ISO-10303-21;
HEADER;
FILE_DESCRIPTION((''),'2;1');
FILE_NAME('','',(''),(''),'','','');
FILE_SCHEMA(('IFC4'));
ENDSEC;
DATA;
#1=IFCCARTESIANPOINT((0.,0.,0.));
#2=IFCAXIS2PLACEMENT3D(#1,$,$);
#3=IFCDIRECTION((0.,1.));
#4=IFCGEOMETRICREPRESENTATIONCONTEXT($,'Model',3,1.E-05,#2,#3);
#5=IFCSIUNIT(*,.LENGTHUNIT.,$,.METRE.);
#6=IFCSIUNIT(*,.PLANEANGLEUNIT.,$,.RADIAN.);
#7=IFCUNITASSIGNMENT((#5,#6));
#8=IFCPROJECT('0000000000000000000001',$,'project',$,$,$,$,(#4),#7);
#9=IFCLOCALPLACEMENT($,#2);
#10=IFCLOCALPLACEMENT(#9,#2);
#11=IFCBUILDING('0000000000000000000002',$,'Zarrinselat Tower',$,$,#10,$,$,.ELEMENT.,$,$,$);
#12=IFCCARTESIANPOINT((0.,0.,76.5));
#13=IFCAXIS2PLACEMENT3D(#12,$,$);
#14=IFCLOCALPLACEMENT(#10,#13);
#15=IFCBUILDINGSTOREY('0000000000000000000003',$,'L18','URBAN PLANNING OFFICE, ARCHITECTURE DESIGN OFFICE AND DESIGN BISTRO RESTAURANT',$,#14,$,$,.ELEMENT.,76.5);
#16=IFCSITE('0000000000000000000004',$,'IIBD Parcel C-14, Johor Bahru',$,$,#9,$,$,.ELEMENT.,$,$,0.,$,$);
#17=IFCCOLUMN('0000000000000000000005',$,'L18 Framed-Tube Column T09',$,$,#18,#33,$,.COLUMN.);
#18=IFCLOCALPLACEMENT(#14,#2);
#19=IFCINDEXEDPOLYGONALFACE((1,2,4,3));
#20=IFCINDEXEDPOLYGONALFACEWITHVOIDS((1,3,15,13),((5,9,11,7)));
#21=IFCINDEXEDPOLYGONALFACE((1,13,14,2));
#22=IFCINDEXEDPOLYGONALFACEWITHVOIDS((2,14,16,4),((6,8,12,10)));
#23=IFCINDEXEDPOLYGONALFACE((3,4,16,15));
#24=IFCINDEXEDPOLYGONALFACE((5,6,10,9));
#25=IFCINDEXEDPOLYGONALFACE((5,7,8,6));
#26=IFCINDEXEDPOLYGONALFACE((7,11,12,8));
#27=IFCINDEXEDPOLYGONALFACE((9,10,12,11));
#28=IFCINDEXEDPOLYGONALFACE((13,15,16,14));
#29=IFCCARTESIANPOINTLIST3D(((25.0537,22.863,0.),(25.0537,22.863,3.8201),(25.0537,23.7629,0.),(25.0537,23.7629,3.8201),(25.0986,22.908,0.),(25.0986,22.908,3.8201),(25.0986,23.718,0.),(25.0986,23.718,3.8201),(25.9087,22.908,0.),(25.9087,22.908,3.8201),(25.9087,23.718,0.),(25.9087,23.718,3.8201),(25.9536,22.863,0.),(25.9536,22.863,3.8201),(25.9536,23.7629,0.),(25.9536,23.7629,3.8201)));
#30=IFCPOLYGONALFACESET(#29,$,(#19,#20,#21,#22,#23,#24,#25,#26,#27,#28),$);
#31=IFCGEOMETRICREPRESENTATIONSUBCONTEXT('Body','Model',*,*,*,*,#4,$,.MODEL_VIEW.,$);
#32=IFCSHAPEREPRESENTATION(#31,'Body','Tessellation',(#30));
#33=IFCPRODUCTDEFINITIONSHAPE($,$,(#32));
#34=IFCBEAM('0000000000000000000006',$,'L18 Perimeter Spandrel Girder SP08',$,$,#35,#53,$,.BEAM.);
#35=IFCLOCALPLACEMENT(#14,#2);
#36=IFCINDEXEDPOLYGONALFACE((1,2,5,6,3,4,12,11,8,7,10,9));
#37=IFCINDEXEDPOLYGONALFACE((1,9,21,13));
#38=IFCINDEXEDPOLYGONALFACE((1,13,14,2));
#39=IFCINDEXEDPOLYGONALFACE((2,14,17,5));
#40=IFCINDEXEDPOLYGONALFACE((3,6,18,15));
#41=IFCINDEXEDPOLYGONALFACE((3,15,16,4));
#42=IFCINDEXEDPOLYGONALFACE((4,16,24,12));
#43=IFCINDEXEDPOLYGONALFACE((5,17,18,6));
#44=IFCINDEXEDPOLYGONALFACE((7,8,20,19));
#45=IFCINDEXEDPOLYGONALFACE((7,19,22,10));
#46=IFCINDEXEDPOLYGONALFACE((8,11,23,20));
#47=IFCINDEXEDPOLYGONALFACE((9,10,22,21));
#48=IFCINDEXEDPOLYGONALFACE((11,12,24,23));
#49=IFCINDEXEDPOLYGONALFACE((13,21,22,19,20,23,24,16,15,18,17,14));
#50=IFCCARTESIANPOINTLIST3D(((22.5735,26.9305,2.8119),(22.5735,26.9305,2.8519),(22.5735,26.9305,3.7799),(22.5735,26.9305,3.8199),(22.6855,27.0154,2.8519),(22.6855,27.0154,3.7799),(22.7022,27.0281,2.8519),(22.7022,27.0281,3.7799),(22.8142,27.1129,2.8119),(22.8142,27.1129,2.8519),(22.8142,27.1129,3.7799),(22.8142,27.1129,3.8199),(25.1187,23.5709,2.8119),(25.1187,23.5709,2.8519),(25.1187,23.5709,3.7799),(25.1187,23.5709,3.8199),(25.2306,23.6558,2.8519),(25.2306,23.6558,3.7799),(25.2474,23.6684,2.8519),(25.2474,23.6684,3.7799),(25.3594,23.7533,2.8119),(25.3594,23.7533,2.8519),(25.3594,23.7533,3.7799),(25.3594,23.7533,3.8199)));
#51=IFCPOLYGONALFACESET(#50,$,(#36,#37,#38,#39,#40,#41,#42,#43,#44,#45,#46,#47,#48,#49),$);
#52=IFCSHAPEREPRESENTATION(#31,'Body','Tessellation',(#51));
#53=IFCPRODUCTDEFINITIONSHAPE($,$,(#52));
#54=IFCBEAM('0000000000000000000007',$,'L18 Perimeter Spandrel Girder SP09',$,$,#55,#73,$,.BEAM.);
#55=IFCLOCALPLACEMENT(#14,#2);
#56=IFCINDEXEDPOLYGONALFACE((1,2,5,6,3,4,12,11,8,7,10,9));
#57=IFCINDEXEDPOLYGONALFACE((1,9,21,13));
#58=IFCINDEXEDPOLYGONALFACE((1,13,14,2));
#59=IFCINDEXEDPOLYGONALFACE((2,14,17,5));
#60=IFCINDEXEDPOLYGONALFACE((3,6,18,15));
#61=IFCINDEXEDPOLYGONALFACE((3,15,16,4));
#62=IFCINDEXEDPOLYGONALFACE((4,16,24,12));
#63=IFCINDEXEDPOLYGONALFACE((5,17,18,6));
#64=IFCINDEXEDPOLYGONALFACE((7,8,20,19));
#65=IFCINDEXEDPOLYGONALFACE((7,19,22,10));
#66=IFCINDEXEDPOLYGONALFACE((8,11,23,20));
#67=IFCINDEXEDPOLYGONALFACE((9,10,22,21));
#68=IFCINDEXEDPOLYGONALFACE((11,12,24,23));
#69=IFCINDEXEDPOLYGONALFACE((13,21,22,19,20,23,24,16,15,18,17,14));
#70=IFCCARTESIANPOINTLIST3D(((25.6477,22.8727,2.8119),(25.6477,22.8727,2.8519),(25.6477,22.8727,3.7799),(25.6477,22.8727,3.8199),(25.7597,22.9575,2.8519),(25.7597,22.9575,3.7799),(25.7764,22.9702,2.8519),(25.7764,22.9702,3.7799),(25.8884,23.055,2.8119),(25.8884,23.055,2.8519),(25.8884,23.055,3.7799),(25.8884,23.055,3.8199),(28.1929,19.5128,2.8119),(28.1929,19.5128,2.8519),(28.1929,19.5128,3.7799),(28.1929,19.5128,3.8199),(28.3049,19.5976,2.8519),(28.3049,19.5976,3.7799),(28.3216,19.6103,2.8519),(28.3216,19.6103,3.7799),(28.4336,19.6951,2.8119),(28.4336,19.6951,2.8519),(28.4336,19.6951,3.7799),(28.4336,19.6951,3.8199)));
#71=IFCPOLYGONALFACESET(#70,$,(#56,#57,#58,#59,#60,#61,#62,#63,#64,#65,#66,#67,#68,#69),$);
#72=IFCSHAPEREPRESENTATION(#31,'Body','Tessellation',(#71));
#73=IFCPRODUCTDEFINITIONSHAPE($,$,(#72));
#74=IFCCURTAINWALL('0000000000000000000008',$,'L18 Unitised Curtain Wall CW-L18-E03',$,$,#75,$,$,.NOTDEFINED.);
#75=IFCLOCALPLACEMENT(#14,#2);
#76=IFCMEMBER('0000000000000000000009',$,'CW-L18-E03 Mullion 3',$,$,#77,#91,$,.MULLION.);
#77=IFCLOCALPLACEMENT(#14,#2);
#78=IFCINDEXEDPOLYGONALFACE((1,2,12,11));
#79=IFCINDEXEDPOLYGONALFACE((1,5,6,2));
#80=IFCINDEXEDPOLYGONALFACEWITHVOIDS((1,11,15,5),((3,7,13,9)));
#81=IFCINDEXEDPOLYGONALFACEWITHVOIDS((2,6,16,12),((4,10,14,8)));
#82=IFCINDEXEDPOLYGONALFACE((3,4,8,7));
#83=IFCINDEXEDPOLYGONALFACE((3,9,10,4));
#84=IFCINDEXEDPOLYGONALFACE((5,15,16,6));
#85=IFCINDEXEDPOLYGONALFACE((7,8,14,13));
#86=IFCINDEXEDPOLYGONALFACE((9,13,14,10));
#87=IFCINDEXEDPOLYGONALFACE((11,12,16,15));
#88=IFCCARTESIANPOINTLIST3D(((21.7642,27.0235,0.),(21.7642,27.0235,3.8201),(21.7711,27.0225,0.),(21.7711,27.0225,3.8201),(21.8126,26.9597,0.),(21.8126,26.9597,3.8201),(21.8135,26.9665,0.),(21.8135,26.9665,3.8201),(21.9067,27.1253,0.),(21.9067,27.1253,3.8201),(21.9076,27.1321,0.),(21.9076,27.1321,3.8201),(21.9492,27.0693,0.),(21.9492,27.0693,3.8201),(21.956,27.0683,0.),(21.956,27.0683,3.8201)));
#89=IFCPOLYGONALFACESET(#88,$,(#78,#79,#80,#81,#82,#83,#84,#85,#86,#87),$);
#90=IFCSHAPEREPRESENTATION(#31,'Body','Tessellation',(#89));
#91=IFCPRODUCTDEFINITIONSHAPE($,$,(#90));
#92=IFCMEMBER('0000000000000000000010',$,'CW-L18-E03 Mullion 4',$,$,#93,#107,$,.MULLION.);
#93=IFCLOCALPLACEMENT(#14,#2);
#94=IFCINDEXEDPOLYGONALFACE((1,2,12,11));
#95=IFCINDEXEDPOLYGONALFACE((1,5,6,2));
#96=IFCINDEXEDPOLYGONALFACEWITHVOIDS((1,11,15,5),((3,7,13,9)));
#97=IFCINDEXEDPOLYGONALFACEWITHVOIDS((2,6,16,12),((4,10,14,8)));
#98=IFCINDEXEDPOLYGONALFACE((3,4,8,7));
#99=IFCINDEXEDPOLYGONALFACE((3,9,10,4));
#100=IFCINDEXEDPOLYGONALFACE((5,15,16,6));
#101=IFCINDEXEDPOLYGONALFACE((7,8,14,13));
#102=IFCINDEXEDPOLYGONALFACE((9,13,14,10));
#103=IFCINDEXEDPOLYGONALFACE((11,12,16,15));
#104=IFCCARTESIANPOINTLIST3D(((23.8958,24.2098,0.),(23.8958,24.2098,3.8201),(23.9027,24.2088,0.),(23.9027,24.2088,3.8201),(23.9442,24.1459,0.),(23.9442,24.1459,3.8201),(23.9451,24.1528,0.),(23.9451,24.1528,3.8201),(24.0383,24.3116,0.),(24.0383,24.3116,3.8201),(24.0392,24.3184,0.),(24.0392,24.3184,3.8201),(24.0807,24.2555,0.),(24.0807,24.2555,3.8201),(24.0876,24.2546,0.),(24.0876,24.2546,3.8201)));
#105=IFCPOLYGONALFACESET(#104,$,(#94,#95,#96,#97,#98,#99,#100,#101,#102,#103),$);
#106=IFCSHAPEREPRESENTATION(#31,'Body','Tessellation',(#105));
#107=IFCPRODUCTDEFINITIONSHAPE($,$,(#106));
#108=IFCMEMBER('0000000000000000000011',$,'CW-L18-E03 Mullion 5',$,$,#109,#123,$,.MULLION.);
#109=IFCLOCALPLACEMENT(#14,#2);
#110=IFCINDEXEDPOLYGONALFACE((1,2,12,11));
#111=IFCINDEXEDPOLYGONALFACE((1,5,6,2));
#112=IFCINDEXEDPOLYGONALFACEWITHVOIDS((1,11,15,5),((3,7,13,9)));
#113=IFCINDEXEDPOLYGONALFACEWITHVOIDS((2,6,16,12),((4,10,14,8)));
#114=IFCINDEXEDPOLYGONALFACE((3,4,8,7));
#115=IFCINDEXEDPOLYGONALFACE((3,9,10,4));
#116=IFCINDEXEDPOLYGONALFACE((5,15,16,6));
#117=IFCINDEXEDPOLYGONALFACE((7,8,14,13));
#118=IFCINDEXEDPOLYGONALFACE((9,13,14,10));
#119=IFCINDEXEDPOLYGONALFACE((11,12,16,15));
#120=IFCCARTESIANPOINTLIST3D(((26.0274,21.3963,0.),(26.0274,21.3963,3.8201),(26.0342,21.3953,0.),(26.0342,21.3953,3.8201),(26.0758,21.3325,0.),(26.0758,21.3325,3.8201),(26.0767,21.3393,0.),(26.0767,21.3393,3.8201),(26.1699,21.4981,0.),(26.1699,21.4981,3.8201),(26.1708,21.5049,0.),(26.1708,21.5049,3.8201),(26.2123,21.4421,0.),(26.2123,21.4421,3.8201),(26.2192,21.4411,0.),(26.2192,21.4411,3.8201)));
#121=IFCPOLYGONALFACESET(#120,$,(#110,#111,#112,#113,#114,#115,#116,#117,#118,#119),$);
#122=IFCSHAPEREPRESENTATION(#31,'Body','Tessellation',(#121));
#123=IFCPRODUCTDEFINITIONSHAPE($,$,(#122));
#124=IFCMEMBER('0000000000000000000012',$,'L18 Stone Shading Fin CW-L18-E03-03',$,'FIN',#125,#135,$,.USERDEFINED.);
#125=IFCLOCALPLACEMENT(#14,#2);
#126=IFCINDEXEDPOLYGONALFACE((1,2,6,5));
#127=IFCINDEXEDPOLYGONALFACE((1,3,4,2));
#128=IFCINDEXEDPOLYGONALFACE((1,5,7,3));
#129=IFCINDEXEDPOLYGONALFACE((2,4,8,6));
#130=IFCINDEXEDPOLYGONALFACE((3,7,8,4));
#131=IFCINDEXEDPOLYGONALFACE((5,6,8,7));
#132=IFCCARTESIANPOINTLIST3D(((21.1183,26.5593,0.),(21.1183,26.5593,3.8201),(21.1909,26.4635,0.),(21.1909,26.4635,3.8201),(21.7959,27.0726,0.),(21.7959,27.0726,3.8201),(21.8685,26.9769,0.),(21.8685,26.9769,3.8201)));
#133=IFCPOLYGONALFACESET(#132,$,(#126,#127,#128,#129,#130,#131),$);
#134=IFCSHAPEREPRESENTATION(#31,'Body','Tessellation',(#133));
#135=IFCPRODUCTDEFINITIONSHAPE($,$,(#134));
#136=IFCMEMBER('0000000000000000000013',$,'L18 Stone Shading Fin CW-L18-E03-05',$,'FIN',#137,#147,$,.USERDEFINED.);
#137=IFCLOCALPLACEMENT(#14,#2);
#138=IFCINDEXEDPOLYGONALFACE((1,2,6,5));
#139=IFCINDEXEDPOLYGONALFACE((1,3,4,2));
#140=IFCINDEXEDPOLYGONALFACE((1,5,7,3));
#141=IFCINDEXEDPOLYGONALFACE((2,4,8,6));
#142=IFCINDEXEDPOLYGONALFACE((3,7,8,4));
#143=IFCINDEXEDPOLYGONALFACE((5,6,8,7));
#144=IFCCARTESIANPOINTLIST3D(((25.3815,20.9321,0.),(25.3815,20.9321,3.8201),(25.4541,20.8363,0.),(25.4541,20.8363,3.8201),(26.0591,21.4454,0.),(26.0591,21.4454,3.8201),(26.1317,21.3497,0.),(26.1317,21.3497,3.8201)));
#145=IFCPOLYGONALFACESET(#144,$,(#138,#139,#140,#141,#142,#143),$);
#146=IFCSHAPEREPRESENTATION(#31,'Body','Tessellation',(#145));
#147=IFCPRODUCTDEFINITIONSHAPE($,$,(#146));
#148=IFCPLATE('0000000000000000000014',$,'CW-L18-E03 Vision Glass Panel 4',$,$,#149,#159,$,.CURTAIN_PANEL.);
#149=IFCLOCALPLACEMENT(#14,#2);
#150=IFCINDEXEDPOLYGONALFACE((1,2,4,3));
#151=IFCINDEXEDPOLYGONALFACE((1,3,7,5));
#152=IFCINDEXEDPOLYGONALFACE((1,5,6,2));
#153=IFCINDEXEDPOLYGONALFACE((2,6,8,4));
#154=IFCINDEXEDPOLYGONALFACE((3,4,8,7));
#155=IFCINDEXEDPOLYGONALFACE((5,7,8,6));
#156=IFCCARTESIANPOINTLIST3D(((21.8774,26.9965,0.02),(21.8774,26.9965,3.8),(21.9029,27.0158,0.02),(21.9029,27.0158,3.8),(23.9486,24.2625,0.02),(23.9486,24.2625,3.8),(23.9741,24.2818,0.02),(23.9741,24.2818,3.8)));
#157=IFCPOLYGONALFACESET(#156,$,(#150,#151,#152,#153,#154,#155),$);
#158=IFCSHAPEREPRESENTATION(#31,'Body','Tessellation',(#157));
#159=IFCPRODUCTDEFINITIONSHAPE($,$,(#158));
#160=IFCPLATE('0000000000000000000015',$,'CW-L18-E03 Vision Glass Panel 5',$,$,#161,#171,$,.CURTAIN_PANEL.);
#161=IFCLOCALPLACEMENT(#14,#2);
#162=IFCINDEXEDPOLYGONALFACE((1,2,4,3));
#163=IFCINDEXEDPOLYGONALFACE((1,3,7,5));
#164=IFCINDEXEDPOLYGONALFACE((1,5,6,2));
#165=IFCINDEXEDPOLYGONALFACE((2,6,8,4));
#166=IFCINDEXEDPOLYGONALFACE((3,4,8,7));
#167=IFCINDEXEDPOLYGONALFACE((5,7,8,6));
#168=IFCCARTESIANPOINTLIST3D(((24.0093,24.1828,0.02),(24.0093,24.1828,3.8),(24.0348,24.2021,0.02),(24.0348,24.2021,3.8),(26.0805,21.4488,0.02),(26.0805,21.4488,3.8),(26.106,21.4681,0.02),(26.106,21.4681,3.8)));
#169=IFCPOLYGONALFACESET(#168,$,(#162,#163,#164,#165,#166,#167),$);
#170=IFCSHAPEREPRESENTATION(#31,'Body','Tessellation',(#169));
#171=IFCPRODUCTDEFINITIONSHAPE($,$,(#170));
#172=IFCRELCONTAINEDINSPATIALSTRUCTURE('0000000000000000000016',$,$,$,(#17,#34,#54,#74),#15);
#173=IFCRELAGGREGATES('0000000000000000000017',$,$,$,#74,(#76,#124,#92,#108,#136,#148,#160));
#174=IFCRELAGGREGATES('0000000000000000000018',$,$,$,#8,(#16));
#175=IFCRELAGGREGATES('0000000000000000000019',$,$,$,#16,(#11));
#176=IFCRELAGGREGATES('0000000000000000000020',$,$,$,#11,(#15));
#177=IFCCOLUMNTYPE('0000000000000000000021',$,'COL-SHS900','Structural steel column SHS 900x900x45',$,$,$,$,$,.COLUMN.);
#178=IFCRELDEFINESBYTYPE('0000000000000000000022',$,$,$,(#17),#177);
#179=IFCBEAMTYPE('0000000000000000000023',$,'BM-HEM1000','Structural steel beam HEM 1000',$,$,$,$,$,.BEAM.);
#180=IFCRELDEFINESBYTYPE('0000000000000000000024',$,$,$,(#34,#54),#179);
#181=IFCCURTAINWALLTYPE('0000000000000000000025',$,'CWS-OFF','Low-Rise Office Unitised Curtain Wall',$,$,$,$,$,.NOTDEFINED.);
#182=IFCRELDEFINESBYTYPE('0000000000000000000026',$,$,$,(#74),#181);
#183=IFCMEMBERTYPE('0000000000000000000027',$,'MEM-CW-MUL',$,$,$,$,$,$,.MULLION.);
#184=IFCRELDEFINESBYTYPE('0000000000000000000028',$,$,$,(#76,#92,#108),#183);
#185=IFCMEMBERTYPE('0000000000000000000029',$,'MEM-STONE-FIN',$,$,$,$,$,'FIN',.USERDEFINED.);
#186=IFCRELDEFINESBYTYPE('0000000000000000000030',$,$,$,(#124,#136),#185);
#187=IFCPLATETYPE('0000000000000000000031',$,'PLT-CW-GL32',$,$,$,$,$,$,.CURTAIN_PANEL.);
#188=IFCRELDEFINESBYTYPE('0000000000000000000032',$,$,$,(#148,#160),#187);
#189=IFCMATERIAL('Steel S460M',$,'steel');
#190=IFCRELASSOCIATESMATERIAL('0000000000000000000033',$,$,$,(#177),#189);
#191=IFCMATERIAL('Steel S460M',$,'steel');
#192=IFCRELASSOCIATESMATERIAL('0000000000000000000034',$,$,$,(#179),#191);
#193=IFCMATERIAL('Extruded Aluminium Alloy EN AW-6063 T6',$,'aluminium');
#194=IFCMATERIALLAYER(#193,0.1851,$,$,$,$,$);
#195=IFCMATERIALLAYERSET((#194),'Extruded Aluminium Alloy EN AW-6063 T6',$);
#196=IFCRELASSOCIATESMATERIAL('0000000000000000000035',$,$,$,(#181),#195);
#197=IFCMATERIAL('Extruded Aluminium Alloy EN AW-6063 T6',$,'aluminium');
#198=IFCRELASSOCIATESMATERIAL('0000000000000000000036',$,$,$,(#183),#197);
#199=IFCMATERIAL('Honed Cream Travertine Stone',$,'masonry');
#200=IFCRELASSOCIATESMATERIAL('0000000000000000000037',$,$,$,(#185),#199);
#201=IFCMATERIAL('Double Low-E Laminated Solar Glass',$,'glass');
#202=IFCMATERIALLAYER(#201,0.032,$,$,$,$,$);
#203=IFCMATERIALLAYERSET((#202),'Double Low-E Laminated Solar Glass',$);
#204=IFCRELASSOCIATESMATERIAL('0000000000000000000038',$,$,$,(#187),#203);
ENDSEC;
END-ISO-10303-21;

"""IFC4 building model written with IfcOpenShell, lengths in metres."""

from ifc_helpers import new_model, si_unit, direction, frame, origin, origin_2d, place, context, subcontext, project, spatial, rectangle, hollow_rectangle, i_section, extrude, material, layer, layer_set, material_profile, profile_set, type_object, element, aggregate, save


model = new_model("IFC4")

# Units and contexts
model_context = context("Model", 3, precision=1e-05, world=origin(), true_north=direction((0.0, 1.0)))
body_context = subcontext(model_context, "Body", "Model", "MODEL_VIEW")
ifc_project = project(units=[si_unit("LENGTHUNIT", "METRE"), si_unit("PLANEANGLEUNIT", "RADIAN")], contexts=[model_context])

# Site, building, storey
site_placement = place(None, origin())
site = spatial("IfcSite", under=ifc_project, at=site_placement, Name="IIBD Parcel C-14, Johor Bahru", CompositionType="ELEMENT", RefElevation=0.0)
building_placement = place(site_placement, origin())
building = spatial("IfcBuilding", under=site, at=building_placement, Name="Zarrinselat Tower", CompositionType="ELEMENT")
storey_placement = place(building_placement, frame((0.0, 0.0, 76.5)))
storey = spatial("IfcBuildingStorey", under=building, at=storey_placement, Name="L18", Description="URBAN PLANNING OFFICE, ARCHITECTURE DESIGN OFFICE AND DESIGN BISTRO RESTAURANT", CompositionType="ELEMENT", Elevation=76.5)

# Column
ifc_material_1 = material(Name="Steel S460M", Category="steel")
ifc_material_profile_1 = material_profile(ifc_material_1, hollow_rectangle(XDim=0.8999, YDim=0.8999, WallThickness=0.0449, at=origin_2d()), Name="SHS 900x900x45")
ifc_profile_set_1 = profile_set([ifc_material_profile_1], Name="Steel S460M")
column_type = type_object("IfcColumnType", Name="COL-SHS900", Description="Structural steel column SHS 900x900x45", PredefinedType="COLUMN", material=ifc_profile_set_1)
column_placement = place(storey_placement, frame((25.5037, 23.313, 0.0), z_axis=(0.0, 0.0, 1.0), x_axis=(1.0, 0.0, 0.0)))
element("IfcColumn", 1, at=column_placement, inside=storey, type_object=column_type, Name="L18 Framed-Tube Column T09", PredefinedType="COLUMN", context=body_context, shape_type="SweptSolid", body=[
    extrude(hollow_rectangle(XDim=0.8999, YDim=0.8999, WallThickness=0.0449, at=origin_2d()), origin(), (0.0, 0.0, 1.0), 3.8201),
])

# Beams
ifc_material_2 = material(Name="Steel S460M", Category="steel")
ifc_material_profile_2 = material_profile(ifc_material_2, i_section(OverallWidth=0.302, OverallDepth=1.0081, WebThickness=0.021, FlangeThickness=0.04, at=origin_2d()), Name="HEM 1000")
ifc_profile_set_2 = profile_set([ifc_material_profile_2], Name="Steel S460M")
beam_type = type_object("IfcBeamType", Name="BM-HEM1000", Description="Structural steel beam HEM 1000", PredefinedType="BEAM", material=ifc_profile_set_2)
beam_1_placement = place(storey_placement, frame((22.6938, 27.0217, 3.3159), z_axis=(0.603858, -0.797092, 0.0), x_axis=(0.797092, 0.603858, 0.0)))
element("IfcBeam", 2, at=beam_1_placement, inside=storey, type_object=beam_type, Name="L18 Perimeter Spandrel Girder SP08", PredefinedType="BEAM", context=body_context, shape_type="SweptSolid", body=[
    extrude(i_section(OverallWidth=0.302, OverallDepth=1.0081, WebThickness=0.021, FlangeThickness=0.04, at=origin_2d()), origin(), (0.0, 0.0, 1.0), 4.2148),
])
beam_2_placement = place(storey_placement, frame((25.7681, 22.9639, 3.3159), z_axis=(0.60383, -0.797113, 0.0), x_axis=(0.797113, 0.60383, 0.0)))
element("IfcBeam", 3, at=beam_2_placement, inside=storey, type_object=beam_type, Name="L18 Perimeter Spandrel Girder SP09", PredefinedType="BEAM", context=body_context, shape_type="SweptSolid", body=[
    extrude(i_section(OverallWidth=0.302, OverallDepth=1.0081, WebThickness=0.021, FlangeThickness=0.04, at=origin_2d()), origin(), (0.0, 0.0, 1.0), 4.2151),
])

# Curtain wall, members, plates
ifc_material_3 = material(Name="Extruded Aluminium Alloy EN AW-6063 T6", Category="aluminium")
ifc_layer_1 = layer(ifc_material_3, 0.1851)
ifc_layer_set_1 = layer_set([ifc_layer_1], Name="Extruded Aluminium Alloy EN AW-6063 T6")
curtain_wall_type = type_object("IfcCurtainWallType", Name="CWS-OFF", Description="Low-Rise Office Unitised Curtain Wall", PredefinedType="NOTDEFINED", material=ifc_layer_set_1)
curtain_wall_placement = place(storey_placement, origin())
curtain_wall = element("IfcCurtainWall", 4, at=curtain_wall_placement, inside=storey, type_object=curtain_wall_type, Name="L18 Unitised Curtain Wall CW-L18-E03", PredefinedType="NOTDEFINED")
ifc_material_4 = material(Name="Extruded Aluminium Alloy EN AW-6063 T6", Category="aluminium")
ifc_material_profile_3 = material_profile(ifc_material_4, hollow_rectangle(XDim=0.0801, YDim=0.1799, WallThickness=0.0049, at=origin_2d()), Name="RHS 180x80x5")
ifc_profile_set_3 = profile_set([ifc_material_profile_3], Name="Extruded Aluminium Alloy EN AW-6063 T6")
member_type_1 = type_object("IfcMemberType", Name="MEM-CW-MUL", PredefinedType="MULLION", material=ifc_profile_set_3)
member_1_placement = place(storey_placement, frame((21.8601, 27.0459, 0.0), z_axis=(0.0, 0.0, 1.0), x_axis=(0.603855, -0.797094, 0.0)))
member_1 = element("IfcMember", 5, at=member_1_placement, type_object=member_type_1, Name="CW-L18-E03 Mullion 3", PredefinedType="MULLION", context=body_context, shape_type="SweptSolid", body=[
    extrude(hollow_rectangle(XDim=0.0801, YDim=0.1799, WallThickness=0.0049, at=origin_2d()), origin(), (0.0, 0.0, 1.0), 3.8201),
])
member_2_placement = place(storey_placement, frame((23.9917, 24.2322, 0.0), z_axis=(0.0, 0.0, 1.0), x_axis=(0.603855, -0.797094, 0.0)))
member_2 = element("IfcMember", 6, at=member_2_placement, type_object=member_type_1, Name="CW-L18-E03 Mullion 4", PredefinedType="MULLION", context=body_context, shape_type="SweptSolid", body=[
    extrude(hollow_rectangle(XDim=0.0801, YDim=0.1799, WallThickness=0.0049, at=origin_2d()), origin(), (0.0, 0.0, 1.0), 3.8201),
])
member_3_placement = place(storey_placement, frame((26.1233, 21.4187, 0.0), z_axis=(0.0, 0.0, 1.0), x_axis=(0.603855, -0.797094, 0.0)))
member_3 = element("IfcMember", 7, at=member_3_placement, type_object=member_type_1, Name="CW-L18-E03 Mullion 5", PredefinedType="MULLION", context=body_context, shape_type="SweptSolid", body=[
    extrude(hollow_rectangle(XDim=0.0801, YDim=0.1799, WallThickness=0.0049, at=origin_2d()), origin(), (0.0, 0.0, 1.0), 3.8201),
])
ifc_material_5 = material(Name="Honed Cream Travertine Stone", Category="masonry")
ifc_material_profile_4 = material_profile(ifc_material_5, rectangle(XDim=0.1201, YDim=0.8501, at=origin_2d()), Name="FIN 850x120")
ifc_profile_set_4 = profile_set([ifc_material_profile_4], Name="Honed Cream Travertine Stone")
member_type_2 = type_object("IfcMemberType", Name="MEM-STONE-FIN", ElementType="FIN", PredefinedType="USERDEFINED", material=ifc_profile_set_4)
member_4_placement = place(storey_placement, frame((21.4934, 26.7681, 0.0), z_axis=(0.0, 0.0, 1.0), x_axis=(-0.603855, 0.797094, 0.0)))
member_4 = element("IfcMember", 8, at=member_4_placement, type_object=member_type_2, Name="L18 Stone Shading Fin CW-L18-E03-03", ObjectType="FIN", PredefinedType="USERDEFINED", context=body_context, shape_type="SweptSolid", body=[
    extrude(rectangle(XDim=0.1201, YDim=0.8501, at=origin_2d()), origin(), (0.0, 0.0, 1.0), 3.8201),
])
member_5_placement = place(storey_placement, frame((25.7566, 21.1409, 0.0), z_axis=(0.0, 0.0, 1.0), x_axis=(-0.603855, 0.797094, 0.0)))
member_5 = element("IfcMember", 9, at=member_5_placement, type_object=member_type_2, Name="L18 Stone Shading Fin CW-L18-E03-05", ObjectType="FIN", PredefinedType="USERDEFINED", context=body_context, shape_type="SweptSolid", body=[
    extrude(rectangle(XDim=0.1201, YDim=0.8501, at=origin_2d()), origin(), (0.0, 0.0, 1.0), 3.8201),
])
ifc_material_6 = material(Name="Double Low-E Laminated Solar Glass", Category="glass")
ifc_layer_2 = layer(ifc_material_6, 0.032)
ifc_layer_set_2 = layer_set([ifc_layer_2], Name="Double Low-E Laminated Solar Glass")
plate_type = type_object("IfcPlateType", Name="PLT-CW-GL32", PredefinedType="CURTAIN_PANEL", material=ifc_layer_set_2)
plate_1_placement = place(storey_placement, frame((22.9258, 25.6392, 0.02), z_axis=(0.0, 0.0, 1.0), x_axis=(0.603855, -0.797094, 0.0)))
plate_1 = element("IfcPlate", 10, at=plate_1_placement, type_object=plate_type, Name="CW-L18-E03 Vision Glass Panel 4", PredefinedType="CURTAIN_PANEL", context=body_context, shape_type="SweptSolid", body=[
    extrude(rectangle(XDim=3.4299, YDim=0.032, at=origin_2d()), origin(), (0.0, 0.0, 1.0), 3.78),
])
plate_2_placement = place(storey_placement, frame((25.0576, 22.8254, 0.02), z_axis=(0.0, 0.0, 1.0), x_axis=(0.603855, -0.797094, 0.0)))
plate_2 = element("IfcPlate", 11, at=plate_2_placement, type_object=plate_type, Name="CW-L18-E03 Vision Glass Panel 5", PredefinedType="CURTAIN_PANEL", context=body_context, shape_type="SweptSolid", body=[
    extrude(rectangle(XDim=3.4299, YDim=0.032, at=origin_2d()), origin(), (0.0, 0.0, 1.0), 3.78),
])
aggregate(curtain_wall, [member_1, member_4, member_2, member_3, member_5, plate_1, plate_2])

save(model, "model.ifc")
